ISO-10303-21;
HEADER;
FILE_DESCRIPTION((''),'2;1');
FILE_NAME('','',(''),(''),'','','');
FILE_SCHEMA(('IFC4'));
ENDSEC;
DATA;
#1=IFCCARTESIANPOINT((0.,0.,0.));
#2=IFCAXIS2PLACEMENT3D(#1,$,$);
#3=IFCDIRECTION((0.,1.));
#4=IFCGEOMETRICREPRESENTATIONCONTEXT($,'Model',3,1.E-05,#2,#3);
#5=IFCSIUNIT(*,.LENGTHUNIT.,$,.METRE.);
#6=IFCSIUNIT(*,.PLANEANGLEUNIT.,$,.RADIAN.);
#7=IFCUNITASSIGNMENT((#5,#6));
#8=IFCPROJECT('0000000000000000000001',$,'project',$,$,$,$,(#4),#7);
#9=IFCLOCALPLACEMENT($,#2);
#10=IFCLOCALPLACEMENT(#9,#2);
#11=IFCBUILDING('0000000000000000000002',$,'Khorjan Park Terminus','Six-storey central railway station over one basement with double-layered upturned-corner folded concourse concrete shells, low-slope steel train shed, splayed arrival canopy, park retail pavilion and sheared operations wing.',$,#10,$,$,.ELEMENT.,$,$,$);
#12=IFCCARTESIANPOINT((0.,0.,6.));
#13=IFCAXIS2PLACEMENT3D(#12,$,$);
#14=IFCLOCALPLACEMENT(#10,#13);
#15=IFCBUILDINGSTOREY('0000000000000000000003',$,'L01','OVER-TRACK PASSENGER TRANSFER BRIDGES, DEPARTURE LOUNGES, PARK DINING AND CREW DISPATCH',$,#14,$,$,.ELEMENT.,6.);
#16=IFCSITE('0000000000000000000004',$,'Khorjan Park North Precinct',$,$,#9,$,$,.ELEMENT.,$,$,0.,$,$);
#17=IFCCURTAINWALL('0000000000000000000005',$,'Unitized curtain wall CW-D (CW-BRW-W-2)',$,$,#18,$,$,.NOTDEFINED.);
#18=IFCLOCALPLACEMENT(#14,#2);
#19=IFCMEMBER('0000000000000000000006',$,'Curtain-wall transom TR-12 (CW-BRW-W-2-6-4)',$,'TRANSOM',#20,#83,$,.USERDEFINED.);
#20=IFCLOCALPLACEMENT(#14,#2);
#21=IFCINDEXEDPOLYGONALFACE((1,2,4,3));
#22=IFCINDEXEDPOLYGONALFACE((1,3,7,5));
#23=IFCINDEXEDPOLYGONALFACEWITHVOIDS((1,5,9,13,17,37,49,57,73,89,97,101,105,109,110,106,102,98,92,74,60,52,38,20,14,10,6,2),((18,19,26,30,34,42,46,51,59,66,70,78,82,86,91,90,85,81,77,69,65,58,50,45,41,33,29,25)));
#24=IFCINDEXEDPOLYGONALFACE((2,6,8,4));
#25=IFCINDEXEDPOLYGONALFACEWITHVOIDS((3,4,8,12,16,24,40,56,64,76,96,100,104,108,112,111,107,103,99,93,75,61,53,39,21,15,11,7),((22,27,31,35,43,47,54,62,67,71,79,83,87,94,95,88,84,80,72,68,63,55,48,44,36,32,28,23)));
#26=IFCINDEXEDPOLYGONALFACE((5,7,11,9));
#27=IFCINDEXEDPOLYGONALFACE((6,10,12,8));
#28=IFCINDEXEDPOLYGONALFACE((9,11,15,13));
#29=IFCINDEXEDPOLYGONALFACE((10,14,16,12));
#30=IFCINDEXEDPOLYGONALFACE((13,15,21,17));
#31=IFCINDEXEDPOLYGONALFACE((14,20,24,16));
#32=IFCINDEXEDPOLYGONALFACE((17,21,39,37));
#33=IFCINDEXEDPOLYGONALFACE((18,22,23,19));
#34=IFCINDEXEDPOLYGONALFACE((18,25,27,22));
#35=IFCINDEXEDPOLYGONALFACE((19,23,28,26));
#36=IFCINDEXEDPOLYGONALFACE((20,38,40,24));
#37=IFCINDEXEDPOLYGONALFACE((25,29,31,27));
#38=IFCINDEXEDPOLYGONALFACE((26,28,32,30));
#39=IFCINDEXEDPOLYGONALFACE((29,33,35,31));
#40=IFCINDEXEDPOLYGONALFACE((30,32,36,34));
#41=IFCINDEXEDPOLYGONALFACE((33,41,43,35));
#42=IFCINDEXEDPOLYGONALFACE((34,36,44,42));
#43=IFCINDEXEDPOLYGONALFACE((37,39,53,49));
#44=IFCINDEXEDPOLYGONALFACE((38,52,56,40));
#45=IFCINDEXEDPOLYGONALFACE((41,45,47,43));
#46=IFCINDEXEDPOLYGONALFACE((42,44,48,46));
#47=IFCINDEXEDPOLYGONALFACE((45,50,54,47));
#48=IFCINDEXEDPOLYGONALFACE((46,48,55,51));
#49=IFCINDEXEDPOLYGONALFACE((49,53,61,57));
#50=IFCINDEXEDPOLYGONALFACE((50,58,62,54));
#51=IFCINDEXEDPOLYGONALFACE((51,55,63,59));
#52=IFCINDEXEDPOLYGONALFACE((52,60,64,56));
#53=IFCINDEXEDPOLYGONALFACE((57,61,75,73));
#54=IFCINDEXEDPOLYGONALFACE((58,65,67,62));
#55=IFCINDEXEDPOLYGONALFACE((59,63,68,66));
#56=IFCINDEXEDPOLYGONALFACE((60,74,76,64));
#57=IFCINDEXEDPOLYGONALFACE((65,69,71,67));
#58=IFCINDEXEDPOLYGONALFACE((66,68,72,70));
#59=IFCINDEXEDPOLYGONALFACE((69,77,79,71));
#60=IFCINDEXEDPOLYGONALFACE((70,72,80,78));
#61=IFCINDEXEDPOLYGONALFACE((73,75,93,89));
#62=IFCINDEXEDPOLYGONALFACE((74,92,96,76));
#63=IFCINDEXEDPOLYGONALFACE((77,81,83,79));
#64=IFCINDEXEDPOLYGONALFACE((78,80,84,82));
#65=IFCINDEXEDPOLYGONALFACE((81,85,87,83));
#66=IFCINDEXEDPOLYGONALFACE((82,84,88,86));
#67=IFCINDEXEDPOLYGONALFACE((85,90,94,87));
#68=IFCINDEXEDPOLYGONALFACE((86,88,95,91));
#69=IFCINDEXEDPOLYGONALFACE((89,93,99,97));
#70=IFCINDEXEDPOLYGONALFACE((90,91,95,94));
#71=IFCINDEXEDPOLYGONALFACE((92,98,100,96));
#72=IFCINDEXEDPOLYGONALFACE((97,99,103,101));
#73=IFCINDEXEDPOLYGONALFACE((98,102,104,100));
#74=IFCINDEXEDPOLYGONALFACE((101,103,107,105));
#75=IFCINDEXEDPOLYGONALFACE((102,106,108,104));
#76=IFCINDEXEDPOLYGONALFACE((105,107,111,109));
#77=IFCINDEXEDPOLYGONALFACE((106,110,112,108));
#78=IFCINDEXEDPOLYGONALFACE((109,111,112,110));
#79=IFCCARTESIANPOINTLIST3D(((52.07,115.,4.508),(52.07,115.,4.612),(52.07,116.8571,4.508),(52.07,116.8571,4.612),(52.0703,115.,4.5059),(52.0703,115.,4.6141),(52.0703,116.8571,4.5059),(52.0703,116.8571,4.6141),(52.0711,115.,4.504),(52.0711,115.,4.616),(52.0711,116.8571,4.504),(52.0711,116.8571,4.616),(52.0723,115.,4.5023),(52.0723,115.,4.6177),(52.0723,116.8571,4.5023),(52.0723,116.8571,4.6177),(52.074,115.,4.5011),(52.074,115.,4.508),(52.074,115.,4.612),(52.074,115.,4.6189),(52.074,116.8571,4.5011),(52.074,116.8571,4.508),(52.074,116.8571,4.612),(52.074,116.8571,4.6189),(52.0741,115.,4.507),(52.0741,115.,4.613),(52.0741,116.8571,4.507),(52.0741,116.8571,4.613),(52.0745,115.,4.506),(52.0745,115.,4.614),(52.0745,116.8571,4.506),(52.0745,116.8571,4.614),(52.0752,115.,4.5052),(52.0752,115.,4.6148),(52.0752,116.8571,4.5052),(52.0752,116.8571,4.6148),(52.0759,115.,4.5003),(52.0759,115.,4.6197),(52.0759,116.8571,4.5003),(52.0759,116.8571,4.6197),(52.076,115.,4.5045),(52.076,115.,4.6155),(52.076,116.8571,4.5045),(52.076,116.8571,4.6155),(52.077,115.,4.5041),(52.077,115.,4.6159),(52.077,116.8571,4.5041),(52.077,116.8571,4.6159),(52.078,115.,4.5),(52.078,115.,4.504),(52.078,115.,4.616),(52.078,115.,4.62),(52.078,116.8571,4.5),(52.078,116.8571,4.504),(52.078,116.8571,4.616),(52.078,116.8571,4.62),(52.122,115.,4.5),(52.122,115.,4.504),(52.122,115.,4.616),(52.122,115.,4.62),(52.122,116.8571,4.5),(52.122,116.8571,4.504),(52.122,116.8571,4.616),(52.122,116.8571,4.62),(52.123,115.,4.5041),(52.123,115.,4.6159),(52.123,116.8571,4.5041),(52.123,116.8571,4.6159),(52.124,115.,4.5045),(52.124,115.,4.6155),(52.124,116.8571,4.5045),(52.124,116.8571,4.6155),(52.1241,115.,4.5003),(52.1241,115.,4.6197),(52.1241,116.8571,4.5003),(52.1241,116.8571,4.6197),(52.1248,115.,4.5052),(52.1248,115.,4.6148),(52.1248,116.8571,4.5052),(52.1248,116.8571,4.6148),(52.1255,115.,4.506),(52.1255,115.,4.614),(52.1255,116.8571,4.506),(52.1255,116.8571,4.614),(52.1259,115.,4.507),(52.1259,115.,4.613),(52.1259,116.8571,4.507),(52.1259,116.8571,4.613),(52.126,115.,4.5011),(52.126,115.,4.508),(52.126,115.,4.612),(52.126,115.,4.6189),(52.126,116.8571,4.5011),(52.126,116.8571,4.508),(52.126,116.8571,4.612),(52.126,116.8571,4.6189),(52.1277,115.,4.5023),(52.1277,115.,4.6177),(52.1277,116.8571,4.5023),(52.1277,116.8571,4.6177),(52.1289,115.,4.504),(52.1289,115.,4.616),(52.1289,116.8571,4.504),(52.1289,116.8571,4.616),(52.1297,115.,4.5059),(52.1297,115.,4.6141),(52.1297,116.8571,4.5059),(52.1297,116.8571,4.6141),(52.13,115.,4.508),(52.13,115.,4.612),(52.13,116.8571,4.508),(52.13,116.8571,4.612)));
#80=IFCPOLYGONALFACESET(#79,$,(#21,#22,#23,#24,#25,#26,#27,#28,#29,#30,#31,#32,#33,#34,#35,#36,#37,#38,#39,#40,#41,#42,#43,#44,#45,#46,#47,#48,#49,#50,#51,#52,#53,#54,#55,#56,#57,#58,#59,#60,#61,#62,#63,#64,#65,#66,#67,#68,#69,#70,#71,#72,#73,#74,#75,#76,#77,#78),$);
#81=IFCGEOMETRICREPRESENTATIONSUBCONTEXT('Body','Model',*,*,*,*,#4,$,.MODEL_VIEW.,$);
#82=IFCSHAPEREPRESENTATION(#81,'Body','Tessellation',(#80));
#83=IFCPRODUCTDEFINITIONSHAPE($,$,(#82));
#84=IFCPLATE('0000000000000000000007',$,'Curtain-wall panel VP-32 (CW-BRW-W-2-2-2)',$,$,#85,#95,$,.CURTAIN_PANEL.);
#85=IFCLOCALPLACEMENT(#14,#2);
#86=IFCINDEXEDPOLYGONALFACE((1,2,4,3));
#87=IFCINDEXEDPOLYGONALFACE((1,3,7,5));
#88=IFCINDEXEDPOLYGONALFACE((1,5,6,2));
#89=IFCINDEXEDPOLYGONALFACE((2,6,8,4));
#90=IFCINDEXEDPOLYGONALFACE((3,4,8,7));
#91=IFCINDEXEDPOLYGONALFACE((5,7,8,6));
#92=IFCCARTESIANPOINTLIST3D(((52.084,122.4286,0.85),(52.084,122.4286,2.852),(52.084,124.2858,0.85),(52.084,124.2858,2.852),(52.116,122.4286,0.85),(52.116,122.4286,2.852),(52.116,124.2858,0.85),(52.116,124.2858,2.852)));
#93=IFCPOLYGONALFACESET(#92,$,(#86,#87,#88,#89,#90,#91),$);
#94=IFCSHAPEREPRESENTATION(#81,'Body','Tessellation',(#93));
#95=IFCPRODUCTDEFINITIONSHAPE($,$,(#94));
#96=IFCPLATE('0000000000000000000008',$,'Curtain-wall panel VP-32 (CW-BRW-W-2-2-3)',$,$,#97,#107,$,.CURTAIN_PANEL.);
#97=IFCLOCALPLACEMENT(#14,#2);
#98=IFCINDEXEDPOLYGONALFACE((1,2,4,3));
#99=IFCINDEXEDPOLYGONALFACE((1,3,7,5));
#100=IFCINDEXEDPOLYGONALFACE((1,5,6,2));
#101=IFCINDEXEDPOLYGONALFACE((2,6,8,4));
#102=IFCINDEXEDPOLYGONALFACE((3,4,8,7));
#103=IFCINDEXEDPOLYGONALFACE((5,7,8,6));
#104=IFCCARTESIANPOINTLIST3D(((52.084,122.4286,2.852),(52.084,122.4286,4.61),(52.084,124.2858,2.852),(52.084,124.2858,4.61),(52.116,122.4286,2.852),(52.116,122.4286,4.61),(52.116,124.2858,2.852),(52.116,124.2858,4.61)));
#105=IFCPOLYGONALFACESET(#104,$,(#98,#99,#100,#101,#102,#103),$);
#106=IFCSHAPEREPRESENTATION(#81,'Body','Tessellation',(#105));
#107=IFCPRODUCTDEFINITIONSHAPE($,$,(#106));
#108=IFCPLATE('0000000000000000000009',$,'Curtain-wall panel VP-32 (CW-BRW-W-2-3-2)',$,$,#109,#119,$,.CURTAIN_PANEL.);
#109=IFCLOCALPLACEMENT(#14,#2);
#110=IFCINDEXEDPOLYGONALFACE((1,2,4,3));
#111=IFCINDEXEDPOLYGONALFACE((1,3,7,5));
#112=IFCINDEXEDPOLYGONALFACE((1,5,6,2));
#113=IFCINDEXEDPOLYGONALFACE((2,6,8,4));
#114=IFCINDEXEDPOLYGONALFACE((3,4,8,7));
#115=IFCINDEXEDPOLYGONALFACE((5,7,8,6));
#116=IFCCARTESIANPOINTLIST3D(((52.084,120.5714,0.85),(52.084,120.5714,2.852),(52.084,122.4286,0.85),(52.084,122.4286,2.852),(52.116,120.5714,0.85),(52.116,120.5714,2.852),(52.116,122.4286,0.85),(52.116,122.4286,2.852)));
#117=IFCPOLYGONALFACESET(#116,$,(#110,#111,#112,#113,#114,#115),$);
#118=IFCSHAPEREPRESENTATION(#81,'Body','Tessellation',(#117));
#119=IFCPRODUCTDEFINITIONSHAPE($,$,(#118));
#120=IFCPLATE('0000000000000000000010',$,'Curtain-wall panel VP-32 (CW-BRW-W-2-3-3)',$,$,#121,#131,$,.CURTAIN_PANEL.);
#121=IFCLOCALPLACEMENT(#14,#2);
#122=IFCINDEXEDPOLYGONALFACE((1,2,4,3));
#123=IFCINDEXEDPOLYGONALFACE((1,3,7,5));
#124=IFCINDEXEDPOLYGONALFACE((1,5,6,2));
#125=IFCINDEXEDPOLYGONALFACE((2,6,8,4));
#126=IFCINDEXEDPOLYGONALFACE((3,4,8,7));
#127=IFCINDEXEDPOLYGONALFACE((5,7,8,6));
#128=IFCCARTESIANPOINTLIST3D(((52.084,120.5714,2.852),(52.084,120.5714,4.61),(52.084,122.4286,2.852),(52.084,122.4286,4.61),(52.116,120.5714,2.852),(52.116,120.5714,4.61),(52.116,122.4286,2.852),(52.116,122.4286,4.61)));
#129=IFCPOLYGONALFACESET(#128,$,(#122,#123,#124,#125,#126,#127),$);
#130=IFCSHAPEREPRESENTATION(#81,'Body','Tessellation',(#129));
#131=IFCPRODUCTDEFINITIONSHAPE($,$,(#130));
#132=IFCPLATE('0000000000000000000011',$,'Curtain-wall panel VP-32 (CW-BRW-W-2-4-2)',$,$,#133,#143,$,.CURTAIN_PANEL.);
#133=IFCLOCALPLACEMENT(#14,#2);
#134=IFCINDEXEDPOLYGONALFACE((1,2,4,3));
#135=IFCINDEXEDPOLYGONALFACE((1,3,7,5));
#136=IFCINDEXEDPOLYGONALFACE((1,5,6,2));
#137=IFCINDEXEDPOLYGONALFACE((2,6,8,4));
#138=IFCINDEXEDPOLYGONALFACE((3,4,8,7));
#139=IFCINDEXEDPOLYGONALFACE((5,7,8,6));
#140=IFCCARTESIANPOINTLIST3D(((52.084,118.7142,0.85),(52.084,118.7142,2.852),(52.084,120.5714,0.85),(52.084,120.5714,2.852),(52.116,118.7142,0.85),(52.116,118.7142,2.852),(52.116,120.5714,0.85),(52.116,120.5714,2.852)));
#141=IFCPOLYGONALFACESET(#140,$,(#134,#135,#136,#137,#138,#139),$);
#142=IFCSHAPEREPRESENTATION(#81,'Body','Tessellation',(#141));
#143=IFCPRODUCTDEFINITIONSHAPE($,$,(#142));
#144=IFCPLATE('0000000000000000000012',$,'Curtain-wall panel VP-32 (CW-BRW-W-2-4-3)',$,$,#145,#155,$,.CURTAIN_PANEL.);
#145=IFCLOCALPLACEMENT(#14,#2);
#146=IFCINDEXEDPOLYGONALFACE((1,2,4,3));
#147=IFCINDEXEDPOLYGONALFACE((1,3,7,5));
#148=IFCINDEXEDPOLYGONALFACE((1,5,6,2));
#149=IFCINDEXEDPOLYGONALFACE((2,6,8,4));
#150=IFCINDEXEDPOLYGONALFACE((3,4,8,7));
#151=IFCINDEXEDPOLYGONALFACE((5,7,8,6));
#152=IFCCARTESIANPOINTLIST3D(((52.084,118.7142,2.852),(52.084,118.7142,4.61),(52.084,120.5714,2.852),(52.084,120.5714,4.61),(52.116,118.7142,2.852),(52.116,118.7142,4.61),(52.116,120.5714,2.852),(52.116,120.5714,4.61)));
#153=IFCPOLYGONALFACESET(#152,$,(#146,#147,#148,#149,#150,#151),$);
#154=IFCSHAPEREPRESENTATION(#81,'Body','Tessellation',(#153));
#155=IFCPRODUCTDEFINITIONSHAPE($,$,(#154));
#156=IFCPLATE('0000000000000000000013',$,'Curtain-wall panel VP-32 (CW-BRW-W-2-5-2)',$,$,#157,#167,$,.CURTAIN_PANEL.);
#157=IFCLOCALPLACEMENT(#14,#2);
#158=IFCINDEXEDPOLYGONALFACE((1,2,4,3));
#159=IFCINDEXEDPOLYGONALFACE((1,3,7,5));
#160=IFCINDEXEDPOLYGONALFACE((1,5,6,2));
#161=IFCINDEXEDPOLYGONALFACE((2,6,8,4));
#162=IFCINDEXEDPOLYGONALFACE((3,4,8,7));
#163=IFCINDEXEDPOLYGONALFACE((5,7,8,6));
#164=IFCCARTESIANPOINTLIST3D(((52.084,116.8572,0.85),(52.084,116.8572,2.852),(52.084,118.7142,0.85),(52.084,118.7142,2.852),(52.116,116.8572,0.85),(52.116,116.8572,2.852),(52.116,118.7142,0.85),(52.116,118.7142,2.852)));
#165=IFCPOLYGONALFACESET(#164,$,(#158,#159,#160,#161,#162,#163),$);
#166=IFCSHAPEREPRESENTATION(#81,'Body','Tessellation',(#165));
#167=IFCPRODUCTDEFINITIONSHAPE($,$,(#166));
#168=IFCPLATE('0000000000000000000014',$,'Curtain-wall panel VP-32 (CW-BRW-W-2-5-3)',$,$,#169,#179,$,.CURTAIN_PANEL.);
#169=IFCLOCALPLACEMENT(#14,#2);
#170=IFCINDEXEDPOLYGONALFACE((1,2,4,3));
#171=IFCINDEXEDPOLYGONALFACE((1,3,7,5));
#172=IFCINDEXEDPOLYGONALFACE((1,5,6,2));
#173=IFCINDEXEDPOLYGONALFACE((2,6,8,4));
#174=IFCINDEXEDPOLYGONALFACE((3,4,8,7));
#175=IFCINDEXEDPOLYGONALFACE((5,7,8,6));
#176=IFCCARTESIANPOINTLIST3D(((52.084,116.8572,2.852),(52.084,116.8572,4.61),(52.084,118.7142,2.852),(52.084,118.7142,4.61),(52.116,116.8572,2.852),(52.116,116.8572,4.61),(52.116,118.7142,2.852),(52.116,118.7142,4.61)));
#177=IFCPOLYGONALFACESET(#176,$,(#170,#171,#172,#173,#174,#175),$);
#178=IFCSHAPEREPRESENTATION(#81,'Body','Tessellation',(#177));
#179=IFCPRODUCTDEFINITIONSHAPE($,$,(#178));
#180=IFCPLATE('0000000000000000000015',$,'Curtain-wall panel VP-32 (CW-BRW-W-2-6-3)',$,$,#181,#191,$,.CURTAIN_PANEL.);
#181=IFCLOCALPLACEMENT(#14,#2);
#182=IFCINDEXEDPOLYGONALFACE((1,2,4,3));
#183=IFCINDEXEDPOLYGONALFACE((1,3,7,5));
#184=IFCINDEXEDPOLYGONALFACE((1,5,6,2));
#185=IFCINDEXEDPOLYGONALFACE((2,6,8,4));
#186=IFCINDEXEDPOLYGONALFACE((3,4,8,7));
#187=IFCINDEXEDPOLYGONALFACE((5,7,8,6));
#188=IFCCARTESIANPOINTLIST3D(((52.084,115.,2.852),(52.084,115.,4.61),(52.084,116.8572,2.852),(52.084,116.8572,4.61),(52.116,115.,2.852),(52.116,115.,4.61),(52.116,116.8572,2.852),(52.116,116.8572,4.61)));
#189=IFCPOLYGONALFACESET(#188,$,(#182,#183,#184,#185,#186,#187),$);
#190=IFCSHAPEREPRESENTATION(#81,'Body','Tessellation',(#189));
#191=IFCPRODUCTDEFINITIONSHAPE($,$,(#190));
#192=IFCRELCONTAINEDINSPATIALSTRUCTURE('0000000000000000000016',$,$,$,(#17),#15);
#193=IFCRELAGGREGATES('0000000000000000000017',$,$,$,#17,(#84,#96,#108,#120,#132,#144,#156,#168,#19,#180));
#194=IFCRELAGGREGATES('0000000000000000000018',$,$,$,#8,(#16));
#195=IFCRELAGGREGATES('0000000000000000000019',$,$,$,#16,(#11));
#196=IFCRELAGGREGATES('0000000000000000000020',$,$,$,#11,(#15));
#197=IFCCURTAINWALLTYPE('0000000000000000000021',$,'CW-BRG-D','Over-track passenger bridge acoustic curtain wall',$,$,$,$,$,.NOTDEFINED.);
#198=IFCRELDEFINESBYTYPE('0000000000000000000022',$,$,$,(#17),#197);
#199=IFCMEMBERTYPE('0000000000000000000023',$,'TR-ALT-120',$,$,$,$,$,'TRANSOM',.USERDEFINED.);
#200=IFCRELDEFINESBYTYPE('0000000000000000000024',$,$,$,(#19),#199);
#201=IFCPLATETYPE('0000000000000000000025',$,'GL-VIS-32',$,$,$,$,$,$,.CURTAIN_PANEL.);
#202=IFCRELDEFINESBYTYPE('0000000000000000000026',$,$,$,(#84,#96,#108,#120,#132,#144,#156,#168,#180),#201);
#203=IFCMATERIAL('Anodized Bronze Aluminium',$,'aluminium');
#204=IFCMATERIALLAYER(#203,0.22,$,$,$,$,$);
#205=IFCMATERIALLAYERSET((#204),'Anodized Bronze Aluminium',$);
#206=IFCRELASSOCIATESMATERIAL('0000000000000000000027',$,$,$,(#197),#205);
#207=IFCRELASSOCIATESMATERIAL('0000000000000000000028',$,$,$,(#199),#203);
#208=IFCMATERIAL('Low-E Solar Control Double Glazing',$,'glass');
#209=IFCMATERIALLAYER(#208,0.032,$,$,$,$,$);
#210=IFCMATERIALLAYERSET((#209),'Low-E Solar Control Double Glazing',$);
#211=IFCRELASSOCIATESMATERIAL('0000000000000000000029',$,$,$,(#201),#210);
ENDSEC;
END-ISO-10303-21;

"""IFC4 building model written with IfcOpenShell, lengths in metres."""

from ifc_helpers import new_model, si_unit, direction, frame, origin, origin_2d, place, context, subcontext, project, spatial, rectangle, hollow_rectangle, extrude, material, layer, layer_set, material_profile, profile_set, type_object, element, aggregate, save


model = new_model("IFC4")

# Units and contexts
model_context = context("Model", 3, precision=1e-05, world=origin(), true_north=direction((0.0, 1.0)))
body_context = subcontext(model_context, "Body", "Model", "MODEL_VIEW")
ifc_project = project(units=[si_unit("LENGTHUNIT", "METRE"), si_unit("PLANEANGLEUNIT", "RADIAN")], contexts=[model_context])

# Site, building, storey
site_placement = place(None, origin())
site = spatial("IfcSite", under=ifc_project, at=site_placement, Name="Khorjan Park North Precinct", CompositionType="ELEMENT", RefElevation=0.0)
building_placement = place(site_placement, origin())
building = spatial("IfcBuilding", under=site, at=building_placement, Name="Khorjan Park Terminus", Description="Six-storey central railway station over one basement with double-layered upturned-corner folded concourse concrete shells, low-slope steel train shed, splayed arrival canopy, park retail pavilion and sheared operations wing.", CompositionType="ELEMENT")
storey_placement = place(building_placement, frame((0.0, 0.0, 6.0)))
storey = spatial("IfcBuildingStorey", under=building, at=storey_placement, Name="L01", Description="OVER-TRACK PASSENGER TRANSFER BRIDGES, DEPARTURE LOUNGES, PARK DINING AND CREW DISPATCH", CompositionType="ELEMENT", Elevation=6.0)

# Curtain wall, member, plates
ifc_material_1 = material(Name="Anodized Bronze Aluminium", Category="aluminium")
ifc_layer_1 = layer(ifc_material_1, 0.22)
ifc_layer_set_1 = layer_set([ifc_layer_1], Name="Anodized Bronze Aluminium")
curtain_wall_type = type_object("IfcCurtainWallType", Name="CW-BRG-D", Description="Over-track passenger bridge acoustic curtain wall", PredefinedType="NOTDEFINED", material=ifc_layer_set_1)
curtain_wall_placement = place(storey_placement, origin())
curtain_wall = element("IfcCurtainWall", 1, at=curtain_wall_placement, inside=storey, type_object=curtain_wall_type, Name="Unitized curtain wall CW-D (CW-BRW-W-2)", PredefinedType="NOTDEFINED")
ifc_material_profile_1 = material_profile(ifc_material_1, hollow_rectangle(XDim=0.06, YDim=0.12, WallThickness=0.004, InnerFilletRadius=0.004, OuterFilletRadius=0.008, at=origin_2d()), Name="ALT 60x120x4")
ifc_profile_set_1 = profile_set([ifc_material_profile_1], Name="Anodized Bronze Aluminium")
member_type_1 = type_object("IfcMemberType", Name="TR-ALT-120", ElementType="TRANSOM", PredefinedType="USERDEFINED", material=ifc_profile_set_1)
member_1_placement = place(storey_placement, frame((52.1, 116.8571, 4.56), z_axis=(0.0, -1.0, 0.0), x_axis=(1.0, 0.0, 0.0)))
member_1 = element("IfcMember", 2, at=member_1_placement, type_object=member_type_1, Name="Curtain-wall transom TR-12 (CW-BRW-W-2-6-4)", ObjectType="TRANSOM", PredefinedType="USERDEFINED", context=body_context, shape_type="SweptSolid", body=[
    extrude(hollow_rectangle(XDim=0.06, YDim=0.12, WallThickness=0.004, InnerFilletRadius=0.004, OuterFilletRadius=0.008, at=origin_2d()), origin(), (0.0, 0.0, 1.0), 1.8571),
])
ifc_material_2 = material(Name="Low-E Solar Control Double Glazing", Category="glass")
ifc_layer_2 = layer(ifc_material_2, 0.032)
ifc_layer_set_2 = layer_set([ifc_layer_2], Name="Low-E Solar Control Double Glazing")
plate_type_1 = type_object("IfcPlateType", Name="GL-VIS-32", PredefinedType="CURTAIN_PANEL", material=ifc_layer_set_2)
plate_1_placement = place(storey_placement, frame((52.1, 123.3572, 0.85), z_axis=(0.0, 0.0, 1.0), x_axis=(0.0, -1.0, 0.0)))
plate_1 = element("IfcPlate", 3, at=plate_1_placement, type_object=plate_type_1, Name="Curtain-wall panel VP-32 (CW-BRW-W-2-2-2)", PredefinedType="CURTAIN_PANEL", context=body_context, shape_type="SweptSolid", body=[
    extrude(rectangle(XDim=1.8571, YDim=0.032, at=origin_2d()), origin(), (0.0, 0.0, 1.0), 2.002),
])
plate_2_placement = place(storey_placement, frame((52.1, 123.3572, 2.852), z_axis=(0.0, 0.0, 1.0), x_axis=(0.0, -1.0, 0.0)))
plate_2 = element("IfcPlate", 4, at=plate_2_placement, type_object=plate_type_1, Name="Curtain-wall panel VP-32 (CW-BRW-W-2-2-3)", PredefinedType="CURTAIN_PANEL", context=body_context, shape_type="SweptSolid", body=[
    extrude(rectangle(XDim=1.8571, YDim=0.032, at=origin_2d()), origin(), (0.0, 0.0, 1.0), 1.758),
])
plate_3_placement = place(storey_placement, frame((52.1, 121.5, 0.85), z_axis=(0.0, 0.0, 1.0), x_axis=(0.0, -1.0, 0.0)))
plate_3 = element("IfcPlate", 5, at=plate_3_placement, type_object=plate_type_1, Name="Curtain-wall panel VP-32 (CW-BRW-W-2-3-2)", PredefinedType="CURTAIN_PANEL", context=body_context, shape_type="SweptSolid", body=[
    extrude(rectangle(XDim=1.8571, YDim=0.032, at=origin_2d()), origin(), (0.0, 0.0, 1.0), 2.002),
])
plate_4_placement = place(storey_placement, frame((52.1, 121.5, 2.852), z_axis=(0.0, 0.0, 1.0), x_axis=(0.0, -1.0, 0.0)))
plate_4 = element("IfcPlate", 6, at=plate_4_placement, type_object=plate_type_1, Name="Curtain-wall panel VP-32 (CW-BRW-W-2-3-3)", PredefinedType="CURTAIN_PANEL", context=body_context, shape_type="SweptSolid", body=[
    extrude(rectangle(XDim=1.8571, YDim=0.032, at=origin_2d()), origin(), (0.0, 0.0, 1.0), 1.758),
])
plate_5_placement = place(storey_placement, frame((52.1, 119.6428, 0.85), z_axis=(0.0, 0.0, 1.0), x_axis=(0.0, -1.0, 0.0)))
plate_5 = element("IfcPlate", 7, at=plate_5_placement, type_object=plate_type_1, Name="Curtain-wall panel VP-32 (CW-BRW-W-2-4-2)", PredefinedType="CURTAIN_PANEL", context=body_context, shape_type="SweptSolid", body=[
    extrude(rectangle(XDim=1.8571, YDim=0.032, at=origin_2d()), origin(), (0.0, 0.0, 1.0), 2.002),
])
plate_6_placement = place(storey_placement, frame((52.1, 119.6428, 2.852), z_axis=(0.0, 0.0, 1.0), x_axis=(0.0, -1.0, 0.0)))
plate_6 = element("IfcPlate", 8, at=plate_6_placement, type_object=plate_type_1, Name="Curtain-wall panel VP-32 (CW-BRW-W-2-4-3)", PredefinedType="CURTAIN_PANEL", context=body_context, shape_type="SweptSolid", body=[
    extrude(rectangle(XDim=1.8571, YDim=0.032, at=origin_2d()), origin(), (0.0, 0.0, 1.0), 1.758),
])
plate_7_placement = place(storey_placement, frame((52.1, 117.7857, 0.85), z_axis=(0.0, 0.0, 1.0), x_axis=(0.0, -1.0, 0.0)))
plate_7 = element("IfcPlate", 9, at=plate_7_placement, type_object=plate_type_1, Name="Curtain-wall panel VP-32 (CW-BRW-W-2-5-2)", PredefinedType="CURTAIN_PANEL", context=body_context, shape_type="SweptSolid", body=[
    extrude(rectangle(XDim=1.8571, YDim=0.032, at=origin_2d()), origin(), (0.0, 0.0, 1.0), 2.002),
])
plate_8_placement = place(storey_placement, frame((52.1, 117.7857, 2.852), z_axis=(0.0, 0.0, 1.0), x_axis=(0.0, -1.0, 0.0)))
plate_8 = element("IfcPlate", 10, at=plate_8_placement, type_object=plate_type_1, Name="Curtain-wall panel VP-32 (CW-BRW-W-2-5-3)", PredefinedType="CURTAIN_PANEL", context=body_context, shape_type="SweptSolid", body=[
    extrude(rectangle(XDim=1.8571, YDim=0.032, at=origin_2d()), origin(), (0.0, 0.0, 1.0), 1.758),
])
plate_9_placement = place(storey_placement, frame((52.1, 115.9286, 2.852), z_axis=(0.0, 0.0, 1.0), x_axis=(0.0, -1.0, 0.0)))
plate_9 = element("IfcPlate", 11, at=plate_9_placement, type_object=plate_type_1, Name="Curtain-wall panel VP-32 (CW-BRW-W-2-6-3)", PredefinedType="CURTAIN_PANEL", context=body_context, shape_type="SweptSolid", body=[
    extrude(rectangle(XDim=1.8571, YDim=0.032, at=origin_2d()), origin(), (0.0, 0.0, 1.0), 1.758),
])
aggregate(curtain_wall, [plate_1, plate_2, plate_3, plate_4, plate_5, plate_6, plate_7, plate_8, member_1, plate_9])

save(model, "model.ifc")
